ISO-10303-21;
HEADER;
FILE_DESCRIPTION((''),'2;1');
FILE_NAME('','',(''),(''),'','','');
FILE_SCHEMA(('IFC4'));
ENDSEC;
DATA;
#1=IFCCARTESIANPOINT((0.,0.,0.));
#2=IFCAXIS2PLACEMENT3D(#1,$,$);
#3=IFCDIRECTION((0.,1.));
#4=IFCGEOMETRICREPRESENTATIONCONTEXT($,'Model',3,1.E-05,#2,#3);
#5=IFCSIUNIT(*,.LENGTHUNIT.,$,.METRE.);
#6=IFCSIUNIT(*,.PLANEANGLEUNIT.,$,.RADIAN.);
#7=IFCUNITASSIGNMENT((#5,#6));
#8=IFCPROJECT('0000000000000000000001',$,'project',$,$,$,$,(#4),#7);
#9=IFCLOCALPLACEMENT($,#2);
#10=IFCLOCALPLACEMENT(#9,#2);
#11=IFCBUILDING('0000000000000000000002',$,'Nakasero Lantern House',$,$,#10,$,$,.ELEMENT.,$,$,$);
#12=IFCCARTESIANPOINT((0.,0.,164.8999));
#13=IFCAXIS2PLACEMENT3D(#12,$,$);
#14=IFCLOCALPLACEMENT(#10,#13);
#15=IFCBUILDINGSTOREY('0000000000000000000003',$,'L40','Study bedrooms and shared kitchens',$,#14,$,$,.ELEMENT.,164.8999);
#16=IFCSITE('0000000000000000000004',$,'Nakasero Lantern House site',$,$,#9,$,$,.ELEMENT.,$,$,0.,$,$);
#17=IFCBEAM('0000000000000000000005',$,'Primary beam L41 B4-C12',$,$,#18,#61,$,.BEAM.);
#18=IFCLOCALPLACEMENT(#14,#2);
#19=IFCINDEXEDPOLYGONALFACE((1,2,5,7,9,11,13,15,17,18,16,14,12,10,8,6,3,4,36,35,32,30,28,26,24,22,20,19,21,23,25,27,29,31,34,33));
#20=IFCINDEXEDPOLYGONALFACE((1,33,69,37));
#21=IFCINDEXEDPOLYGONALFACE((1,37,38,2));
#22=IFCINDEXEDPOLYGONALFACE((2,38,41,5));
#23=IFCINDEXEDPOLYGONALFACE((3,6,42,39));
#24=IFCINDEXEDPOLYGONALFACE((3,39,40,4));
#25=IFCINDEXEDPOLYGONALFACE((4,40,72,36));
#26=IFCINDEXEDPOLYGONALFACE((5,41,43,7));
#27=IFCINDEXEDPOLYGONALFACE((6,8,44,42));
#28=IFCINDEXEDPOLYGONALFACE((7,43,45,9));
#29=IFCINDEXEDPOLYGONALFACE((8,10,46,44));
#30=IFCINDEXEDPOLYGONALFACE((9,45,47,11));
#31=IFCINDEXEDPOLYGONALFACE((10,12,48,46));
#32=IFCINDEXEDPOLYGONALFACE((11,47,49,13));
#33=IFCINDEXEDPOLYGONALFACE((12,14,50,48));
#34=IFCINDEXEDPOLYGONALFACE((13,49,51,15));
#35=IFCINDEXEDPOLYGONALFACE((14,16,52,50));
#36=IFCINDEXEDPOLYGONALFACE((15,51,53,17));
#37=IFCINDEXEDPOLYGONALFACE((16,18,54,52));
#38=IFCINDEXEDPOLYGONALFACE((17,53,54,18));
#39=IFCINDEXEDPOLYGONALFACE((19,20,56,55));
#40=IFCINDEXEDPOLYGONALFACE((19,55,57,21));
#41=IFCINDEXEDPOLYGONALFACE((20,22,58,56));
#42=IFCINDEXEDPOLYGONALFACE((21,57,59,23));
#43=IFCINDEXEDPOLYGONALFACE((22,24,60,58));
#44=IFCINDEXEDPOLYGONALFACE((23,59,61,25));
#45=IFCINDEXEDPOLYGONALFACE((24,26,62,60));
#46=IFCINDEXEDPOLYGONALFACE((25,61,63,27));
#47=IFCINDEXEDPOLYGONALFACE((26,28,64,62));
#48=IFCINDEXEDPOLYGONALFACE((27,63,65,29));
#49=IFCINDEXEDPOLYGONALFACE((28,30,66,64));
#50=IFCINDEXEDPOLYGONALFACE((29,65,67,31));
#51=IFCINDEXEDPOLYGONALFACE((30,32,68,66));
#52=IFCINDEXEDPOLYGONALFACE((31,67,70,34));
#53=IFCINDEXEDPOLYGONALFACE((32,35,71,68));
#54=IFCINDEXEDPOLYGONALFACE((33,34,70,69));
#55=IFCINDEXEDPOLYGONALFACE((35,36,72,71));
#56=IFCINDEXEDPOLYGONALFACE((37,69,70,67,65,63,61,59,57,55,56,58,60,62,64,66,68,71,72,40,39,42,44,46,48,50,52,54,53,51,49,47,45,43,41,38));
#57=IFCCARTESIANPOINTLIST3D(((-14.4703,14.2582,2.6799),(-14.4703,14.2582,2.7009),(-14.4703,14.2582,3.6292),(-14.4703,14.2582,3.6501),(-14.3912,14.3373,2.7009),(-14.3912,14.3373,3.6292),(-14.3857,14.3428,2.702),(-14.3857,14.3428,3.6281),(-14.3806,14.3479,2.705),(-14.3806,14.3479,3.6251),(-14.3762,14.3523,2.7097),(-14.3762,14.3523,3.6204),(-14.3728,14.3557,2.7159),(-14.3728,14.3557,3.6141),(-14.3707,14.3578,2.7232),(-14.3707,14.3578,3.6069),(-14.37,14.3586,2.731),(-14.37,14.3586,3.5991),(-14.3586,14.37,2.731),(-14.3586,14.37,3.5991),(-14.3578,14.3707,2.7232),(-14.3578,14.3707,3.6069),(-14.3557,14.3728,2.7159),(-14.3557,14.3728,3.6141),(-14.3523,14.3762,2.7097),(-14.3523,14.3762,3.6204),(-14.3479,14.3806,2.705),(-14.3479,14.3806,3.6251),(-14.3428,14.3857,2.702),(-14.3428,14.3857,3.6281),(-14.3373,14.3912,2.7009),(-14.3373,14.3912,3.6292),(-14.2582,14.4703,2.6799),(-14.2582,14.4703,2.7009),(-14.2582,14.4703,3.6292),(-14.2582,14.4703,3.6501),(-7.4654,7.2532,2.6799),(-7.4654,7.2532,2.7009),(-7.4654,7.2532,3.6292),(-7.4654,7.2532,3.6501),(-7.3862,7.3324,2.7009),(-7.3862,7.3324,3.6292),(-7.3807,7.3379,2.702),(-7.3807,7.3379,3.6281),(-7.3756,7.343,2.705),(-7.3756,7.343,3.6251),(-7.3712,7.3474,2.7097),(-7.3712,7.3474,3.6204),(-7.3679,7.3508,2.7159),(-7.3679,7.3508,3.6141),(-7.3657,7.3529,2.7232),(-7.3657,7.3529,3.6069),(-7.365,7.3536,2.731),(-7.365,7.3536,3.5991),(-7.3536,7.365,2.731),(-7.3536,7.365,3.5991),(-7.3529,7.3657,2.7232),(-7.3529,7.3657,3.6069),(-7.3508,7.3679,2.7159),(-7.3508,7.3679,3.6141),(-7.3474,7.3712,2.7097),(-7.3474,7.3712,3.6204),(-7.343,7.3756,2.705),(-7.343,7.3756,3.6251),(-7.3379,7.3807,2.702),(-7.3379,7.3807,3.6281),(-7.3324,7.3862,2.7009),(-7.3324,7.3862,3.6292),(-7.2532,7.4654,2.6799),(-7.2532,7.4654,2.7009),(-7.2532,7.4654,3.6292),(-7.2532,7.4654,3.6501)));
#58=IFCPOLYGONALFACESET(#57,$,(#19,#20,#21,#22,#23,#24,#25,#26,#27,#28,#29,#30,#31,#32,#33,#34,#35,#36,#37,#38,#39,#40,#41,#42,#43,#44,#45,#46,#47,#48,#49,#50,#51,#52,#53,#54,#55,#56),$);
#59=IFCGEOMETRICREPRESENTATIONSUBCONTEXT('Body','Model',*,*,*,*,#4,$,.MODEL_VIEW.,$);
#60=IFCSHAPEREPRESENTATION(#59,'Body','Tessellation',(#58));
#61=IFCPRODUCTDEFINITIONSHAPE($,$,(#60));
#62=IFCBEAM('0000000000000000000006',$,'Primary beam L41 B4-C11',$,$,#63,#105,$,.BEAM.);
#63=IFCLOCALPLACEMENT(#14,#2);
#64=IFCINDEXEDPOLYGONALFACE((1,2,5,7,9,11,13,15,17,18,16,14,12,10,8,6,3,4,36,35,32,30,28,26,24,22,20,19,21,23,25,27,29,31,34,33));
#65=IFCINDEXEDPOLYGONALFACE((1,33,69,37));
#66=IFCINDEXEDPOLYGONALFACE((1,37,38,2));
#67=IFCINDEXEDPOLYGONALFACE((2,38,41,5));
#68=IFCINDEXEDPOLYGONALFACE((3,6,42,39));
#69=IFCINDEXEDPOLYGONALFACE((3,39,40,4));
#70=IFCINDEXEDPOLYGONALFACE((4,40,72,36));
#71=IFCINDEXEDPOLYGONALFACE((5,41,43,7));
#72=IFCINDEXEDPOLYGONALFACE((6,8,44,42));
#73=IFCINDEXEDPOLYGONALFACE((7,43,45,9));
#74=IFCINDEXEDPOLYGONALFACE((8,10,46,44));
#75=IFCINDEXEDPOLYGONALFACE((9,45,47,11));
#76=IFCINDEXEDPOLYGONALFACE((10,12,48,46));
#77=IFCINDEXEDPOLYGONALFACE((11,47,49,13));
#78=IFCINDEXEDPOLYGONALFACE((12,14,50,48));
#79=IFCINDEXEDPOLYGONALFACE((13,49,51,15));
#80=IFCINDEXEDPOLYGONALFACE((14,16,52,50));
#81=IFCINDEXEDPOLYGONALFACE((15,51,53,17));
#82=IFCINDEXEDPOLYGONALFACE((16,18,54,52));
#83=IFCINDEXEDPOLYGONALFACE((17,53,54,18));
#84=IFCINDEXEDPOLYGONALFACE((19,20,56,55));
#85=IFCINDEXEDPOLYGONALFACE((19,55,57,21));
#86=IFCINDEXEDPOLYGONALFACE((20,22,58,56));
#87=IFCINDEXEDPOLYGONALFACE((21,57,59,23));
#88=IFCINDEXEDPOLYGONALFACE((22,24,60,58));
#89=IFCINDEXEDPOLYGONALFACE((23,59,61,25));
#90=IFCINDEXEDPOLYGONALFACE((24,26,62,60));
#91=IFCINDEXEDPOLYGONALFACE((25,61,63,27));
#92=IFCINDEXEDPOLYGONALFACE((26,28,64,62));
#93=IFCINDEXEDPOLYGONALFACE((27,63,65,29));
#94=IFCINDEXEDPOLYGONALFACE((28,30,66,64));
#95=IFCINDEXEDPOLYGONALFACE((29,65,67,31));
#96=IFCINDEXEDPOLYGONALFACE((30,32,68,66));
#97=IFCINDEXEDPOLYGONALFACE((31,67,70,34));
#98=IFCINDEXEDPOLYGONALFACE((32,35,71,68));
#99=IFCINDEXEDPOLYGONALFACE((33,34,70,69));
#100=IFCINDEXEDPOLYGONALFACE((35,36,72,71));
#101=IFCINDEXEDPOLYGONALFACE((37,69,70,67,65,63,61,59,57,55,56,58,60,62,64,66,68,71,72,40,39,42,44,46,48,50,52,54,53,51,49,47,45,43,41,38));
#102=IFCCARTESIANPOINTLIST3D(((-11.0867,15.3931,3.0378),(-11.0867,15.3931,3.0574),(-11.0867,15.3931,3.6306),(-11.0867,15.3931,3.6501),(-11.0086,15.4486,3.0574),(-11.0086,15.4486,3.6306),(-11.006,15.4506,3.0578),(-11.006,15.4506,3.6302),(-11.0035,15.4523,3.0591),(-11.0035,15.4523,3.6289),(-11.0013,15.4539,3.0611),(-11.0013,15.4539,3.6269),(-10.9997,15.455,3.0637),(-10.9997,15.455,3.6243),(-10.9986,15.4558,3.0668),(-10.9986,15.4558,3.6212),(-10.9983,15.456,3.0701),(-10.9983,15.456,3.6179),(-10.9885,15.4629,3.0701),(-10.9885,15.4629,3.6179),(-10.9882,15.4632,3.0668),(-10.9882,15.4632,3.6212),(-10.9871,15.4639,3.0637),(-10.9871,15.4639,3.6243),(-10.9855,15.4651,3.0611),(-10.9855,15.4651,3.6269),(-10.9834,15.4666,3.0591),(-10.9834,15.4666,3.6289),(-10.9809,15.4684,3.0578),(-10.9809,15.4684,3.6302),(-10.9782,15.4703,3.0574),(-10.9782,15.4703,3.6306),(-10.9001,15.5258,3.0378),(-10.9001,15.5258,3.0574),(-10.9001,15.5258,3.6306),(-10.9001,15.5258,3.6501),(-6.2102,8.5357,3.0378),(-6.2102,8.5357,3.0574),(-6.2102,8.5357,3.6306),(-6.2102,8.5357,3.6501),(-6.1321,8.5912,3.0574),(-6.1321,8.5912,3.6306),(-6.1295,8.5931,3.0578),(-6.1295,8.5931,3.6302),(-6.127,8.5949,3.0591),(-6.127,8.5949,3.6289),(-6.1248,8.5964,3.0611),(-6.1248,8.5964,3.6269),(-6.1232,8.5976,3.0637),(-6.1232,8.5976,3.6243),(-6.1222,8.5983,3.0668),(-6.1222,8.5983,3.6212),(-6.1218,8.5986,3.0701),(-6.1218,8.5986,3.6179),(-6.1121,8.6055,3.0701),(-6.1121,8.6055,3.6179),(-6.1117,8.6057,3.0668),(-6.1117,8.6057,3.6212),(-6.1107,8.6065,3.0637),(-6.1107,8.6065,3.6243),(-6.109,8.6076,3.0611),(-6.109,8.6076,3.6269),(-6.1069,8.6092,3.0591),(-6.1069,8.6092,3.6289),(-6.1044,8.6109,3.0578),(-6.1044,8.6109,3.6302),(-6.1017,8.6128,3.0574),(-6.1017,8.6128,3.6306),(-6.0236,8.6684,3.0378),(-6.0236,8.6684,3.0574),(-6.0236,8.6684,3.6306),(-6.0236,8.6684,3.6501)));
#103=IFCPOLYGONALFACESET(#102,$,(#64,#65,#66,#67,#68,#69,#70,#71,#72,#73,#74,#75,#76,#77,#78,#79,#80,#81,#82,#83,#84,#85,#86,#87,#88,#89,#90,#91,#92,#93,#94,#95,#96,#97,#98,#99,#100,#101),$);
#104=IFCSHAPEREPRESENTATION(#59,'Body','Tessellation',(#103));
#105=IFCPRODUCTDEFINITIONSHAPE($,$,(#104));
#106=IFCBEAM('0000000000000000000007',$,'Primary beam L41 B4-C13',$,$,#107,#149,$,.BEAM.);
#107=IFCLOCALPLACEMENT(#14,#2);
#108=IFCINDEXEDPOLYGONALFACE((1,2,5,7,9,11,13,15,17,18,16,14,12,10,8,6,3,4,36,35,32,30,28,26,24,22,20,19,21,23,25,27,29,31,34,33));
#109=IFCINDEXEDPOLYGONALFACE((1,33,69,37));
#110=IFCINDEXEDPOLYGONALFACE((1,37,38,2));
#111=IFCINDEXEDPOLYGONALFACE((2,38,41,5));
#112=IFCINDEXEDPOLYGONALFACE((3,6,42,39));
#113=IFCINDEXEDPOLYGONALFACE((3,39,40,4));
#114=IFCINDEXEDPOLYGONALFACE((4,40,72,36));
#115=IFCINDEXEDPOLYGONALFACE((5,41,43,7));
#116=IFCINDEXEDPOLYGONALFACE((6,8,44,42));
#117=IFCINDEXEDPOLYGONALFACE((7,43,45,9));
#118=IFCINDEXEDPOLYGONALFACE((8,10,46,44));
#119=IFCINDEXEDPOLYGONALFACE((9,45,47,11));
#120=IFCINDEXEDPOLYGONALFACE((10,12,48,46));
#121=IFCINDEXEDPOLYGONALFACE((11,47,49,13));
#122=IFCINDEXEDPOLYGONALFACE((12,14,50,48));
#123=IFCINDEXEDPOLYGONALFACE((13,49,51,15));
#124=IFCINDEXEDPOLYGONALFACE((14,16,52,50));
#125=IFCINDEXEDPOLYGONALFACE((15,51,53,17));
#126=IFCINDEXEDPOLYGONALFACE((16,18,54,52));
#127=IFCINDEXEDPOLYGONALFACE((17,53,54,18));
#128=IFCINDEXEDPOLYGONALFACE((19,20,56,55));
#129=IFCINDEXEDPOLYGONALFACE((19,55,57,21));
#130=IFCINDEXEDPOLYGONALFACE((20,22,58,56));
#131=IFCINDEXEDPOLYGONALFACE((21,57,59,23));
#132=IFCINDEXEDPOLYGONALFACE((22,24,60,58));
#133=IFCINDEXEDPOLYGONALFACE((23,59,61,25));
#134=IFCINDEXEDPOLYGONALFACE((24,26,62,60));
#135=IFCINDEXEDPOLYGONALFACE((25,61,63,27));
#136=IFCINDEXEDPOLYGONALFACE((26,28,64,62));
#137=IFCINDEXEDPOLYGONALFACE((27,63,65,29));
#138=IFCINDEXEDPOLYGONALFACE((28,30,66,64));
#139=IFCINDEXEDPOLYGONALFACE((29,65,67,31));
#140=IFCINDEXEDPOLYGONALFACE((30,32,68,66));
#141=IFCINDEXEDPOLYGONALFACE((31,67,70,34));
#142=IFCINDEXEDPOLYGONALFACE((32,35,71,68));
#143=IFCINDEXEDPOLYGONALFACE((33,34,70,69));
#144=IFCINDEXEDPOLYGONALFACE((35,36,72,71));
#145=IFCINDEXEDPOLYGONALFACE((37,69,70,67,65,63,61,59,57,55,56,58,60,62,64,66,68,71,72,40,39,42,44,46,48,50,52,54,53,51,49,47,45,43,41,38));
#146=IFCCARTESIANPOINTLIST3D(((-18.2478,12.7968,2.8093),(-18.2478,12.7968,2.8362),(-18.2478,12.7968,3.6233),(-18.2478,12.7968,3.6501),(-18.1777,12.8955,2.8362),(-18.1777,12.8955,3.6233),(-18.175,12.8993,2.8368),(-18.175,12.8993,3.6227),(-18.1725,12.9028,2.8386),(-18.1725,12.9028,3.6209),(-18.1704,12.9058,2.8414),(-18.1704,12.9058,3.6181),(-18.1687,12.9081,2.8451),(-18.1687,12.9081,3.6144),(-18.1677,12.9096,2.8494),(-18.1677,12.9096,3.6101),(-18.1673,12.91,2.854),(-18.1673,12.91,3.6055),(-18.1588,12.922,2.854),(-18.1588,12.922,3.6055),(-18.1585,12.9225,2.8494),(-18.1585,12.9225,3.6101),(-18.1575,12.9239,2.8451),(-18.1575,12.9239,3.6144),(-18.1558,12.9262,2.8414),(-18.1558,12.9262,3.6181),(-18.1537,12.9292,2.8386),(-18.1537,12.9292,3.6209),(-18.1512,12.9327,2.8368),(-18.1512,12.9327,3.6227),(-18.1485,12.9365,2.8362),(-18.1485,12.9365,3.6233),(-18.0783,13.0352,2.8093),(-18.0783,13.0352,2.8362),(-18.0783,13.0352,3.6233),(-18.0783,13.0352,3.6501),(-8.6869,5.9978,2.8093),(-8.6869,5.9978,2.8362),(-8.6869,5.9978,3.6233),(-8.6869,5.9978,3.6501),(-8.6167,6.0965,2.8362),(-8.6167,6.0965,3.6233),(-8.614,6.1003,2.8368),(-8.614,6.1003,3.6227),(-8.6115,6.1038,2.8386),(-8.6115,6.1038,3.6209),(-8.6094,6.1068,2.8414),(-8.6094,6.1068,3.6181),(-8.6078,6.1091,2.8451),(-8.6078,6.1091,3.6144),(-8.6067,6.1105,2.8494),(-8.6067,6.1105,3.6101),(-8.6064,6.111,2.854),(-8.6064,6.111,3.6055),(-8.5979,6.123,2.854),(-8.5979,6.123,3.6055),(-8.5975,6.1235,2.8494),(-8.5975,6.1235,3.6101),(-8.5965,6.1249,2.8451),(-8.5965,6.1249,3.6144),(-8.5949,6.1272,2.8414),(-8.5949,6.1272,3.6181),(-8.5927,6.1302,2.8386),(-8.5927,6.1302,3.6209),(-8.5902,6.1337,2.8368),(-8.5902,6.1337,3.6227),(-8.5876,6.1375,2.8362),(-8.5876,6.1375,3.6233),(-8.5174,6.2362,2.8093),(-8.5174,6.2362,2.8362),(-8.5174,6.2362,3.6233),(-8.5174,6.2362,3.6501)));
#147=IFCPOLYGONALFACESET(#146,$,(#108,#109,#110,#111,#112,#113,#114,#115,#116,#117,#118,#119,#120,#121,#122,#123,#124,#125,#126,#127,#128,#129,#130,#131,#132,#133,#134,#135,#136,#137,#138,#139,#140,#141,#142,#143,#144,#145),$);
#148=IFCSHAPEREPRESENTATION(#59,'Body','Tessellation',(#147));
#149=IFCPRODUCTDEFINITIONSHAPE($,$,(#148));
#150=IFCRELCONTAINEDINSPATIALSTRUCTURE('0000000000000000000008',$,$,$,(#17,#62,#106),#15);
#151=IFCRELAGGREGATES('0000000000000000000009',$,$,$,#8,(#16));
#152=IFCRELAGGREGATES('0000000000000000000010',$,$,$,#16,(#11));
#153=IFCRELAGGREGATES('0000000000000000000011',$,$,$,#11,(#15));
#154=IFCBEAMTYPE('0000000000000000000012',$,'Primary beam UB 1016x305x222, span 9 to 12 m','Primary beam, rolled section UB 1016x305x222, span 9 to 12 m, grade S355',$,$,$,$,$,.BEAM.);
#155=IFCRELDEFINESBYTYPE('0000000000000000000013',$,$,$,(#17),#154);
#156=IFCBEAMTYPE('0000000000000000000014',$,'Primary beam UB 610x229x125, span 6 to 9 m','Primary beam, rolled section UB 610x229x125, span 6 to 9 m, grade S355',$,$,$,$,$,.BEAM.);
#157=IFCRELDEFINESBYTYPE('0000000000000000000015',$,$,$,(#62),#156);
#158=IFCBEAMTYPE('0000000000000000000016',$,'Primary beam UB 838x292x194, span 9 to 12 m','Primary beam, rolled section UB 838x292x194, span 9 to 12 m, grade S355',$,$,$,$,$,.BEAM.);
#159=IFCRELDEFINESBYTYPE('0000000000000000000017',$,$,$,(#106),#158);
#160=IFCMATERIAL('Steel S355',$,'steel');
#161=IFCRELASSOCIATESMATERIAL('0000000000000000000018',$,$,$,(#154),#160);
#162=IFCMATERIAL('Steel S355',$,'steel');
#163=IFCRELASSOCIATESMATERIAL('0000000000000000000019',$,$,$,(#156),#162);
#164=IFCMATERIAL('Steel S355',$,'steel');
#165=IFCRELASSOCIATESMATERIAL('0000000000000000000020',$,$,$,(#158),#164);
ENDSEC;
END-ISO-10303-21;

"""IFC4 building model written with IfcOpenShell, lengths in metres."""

from ifc_helpers import new_model, si_unit, direction, frame, origin, origin_2d, place, context, subcontext, project, spatial, i_section, extrude, material, material_profile, profile_set, type_object, element, save


model = new_model("IFC4")

# Units and contexts
model_context = context("Model", 3, precision=1e-05, world=origin(), true_north=direction((0.0, 1.0)))
body_context = subcontext(model_context, "Body", "Model", "MODEL_VIEW")
ifc_project = project(units=[si_unit("LENGTHUNIT", "METRE"), si_unit("PLANEANGLEUNIT", "RADIAN")], contexts=[model_context])

# Site, building, storey
site_placement = place(None, origin())
site = spatial("IfcSite", under=ifc_project, at=site_placement, Name="Nakasero Lantern House site", CompositionType="ELEMENT", RefElevation=0.0)
building_placement = place(site_placement, origin())
building = spatial("IfcBuilding", under=site, at=building_placement, Name="Nakasero Lantern House", CompositionType="ELEMENT")
storey_placement = place(building_placement, frame((0.0, 0.0, 164.8999)))
storey = spatial("IfcBuildingStorey", under=building, at=storey_placement, Name="L40", Description="Study bedrooms and shared kitchens", CompositionType="ELEMENT", Elevation=164.8999)

# Beams
ifc_material_1 = material(Name="Steel S355", Category="steel")
ifc_material_profile_1 = material_profile(ifc_material_1, i_section(OverallWidth=0.3, OverallDepth=0.9702, WebThickness=0.0161, FlangeThickness=0.021, FilletRadius=0.03, at=origin_2d()), Name="UB 1016x305x222")
ifc_profile_set_1 = profile_set([ifc_material_profile_1], Name="Steel S355")
beam_type_1 = type_object("IfcBeamType", Name="Primary beam UB 1016x305x222, span 9 to 12 m", Description="Primary beam, rolled section UB 1016x305x222, span 9 to 12 m, grade S355", PredefinedType="BEAM", material=ifc_profile_set_1)
beam_1_placement = place(storey_placement, frame((-14.3643, 14.3643, 3.165), z_axis=(0.707107, -0.707107, 0.0), x_axis=(0.707107, 0.707107, 0.0)))
element("IfcBeam", 1, at=beam_1_placement, inside=storey, type_object=beam_type_1, Name="Primary beam L41 B4-C12", PredefinedType="BEAM", context=body_context, shape_type="SweptSolid", body=[
    extrude(i_section(OverallWidth=0.3, OverallDepth=0.9702, WebThickness=0.0161, FlangeThickness=0.021, FilletRadius=0.03, at=origin_2d()), origin(), (0.0, 0.0, 1.0), 9.9065),
])
ifc_material_2 = material(Name="Steel S355", Category="steel")
ifc_material_profile_2 = material_profile(ifc_material_2, i_section(OverallWidth=0.229, OverallDepth=0.6123, WebThickness=0.012, FlangeThickness=0.0195, FilletRadius=0.0127, at=origin_2d()), Name="UB 610x229x125")
ifc_profile_set_2 = profile_set([ifc_material_profile_2], Name="Steel S355")
beam_type_2 = type_object("IfcBeamType", Name="Primary beam UB 610x229x125, span 6 to 9 m", Description="Primary beam, rolled section UB 610x229x125, span 6 to 9 m, grade S355", PredefinedType="BEAM", material=ifc_profile_set_2)
beam_2_placement = place(storey_placement, frame((-10.9934, 15.4595, 3.344), z_axis=(0.57953, -0.814951, 0.0), x_axis=(0.814951, 0.57953, 0.0)))
element("IfcBeam", 2, at=beam_2_placement, inside=storey, type_object=beam_type_2, Name="Primary beam L41 B4-C11", PredefinedType="BEAM", context=body_context, shape_type="SweptSolid", body=[
    extrude(i_section(OverallWidth=0.229, OverallDepth=0.6123, WebThickness=0.012, FlangeThickness=0.0195, FilletRadius=0.0127, at=origin_2d()), origin(), (0.0, 0.0, 1.0), 8.4146),
])
ifc_material_3 = material(Name="Steel S355", Category="steel")
ifc_material_profile_3 = material_profile(ifc_material_3, i_section(OverallWidth=0.2925, OverallDepth=0.8408, WebThickness=0.0146, FlangeThickness=0.0269, FilletRadius=0.0178, at=origin_2d()), Name="UB 838x292x194")
ifc_profile_set_3 = profile_set([ifc_material_profile_3], Name="Steel S355")
beam_type_3 = type_object("IfcBeamType", Name="Primary beam UB 838x292x194, span 9 to 12 m", Description="Primary beam, rolled section UB 838x292x194, span 9 to 12 m, grade S355", PredefinedType="BEAM", material=ifc_profile_set_3)
beam_3_placement = place(storey_placement, frame((-18.1631, 12.916, 3.2297), z_axis=(0.814951, -0.57953, 0.0), x_axis=(0.57953, 0.814951, 0.0)))
element("IfcBeam", 3, at=beam_3_placement, inside=storey, type_object=beam_type_3, Name="Primary beam L41 B4-C13", PredefinedType="BEAM", context=body_context, shape_type="SweptSolid", body=[
    extrude(i_section(OverallWidth=0.2925, OverallDepth=0.8408, WebThickness=0.0146, FlangeThickness=0.0269, FilletRadius=0.0178, at=origin_2d()), origin(), (0.0, 0.0, 1.0), 11.7319),
])

save(model, "model.ifc")
